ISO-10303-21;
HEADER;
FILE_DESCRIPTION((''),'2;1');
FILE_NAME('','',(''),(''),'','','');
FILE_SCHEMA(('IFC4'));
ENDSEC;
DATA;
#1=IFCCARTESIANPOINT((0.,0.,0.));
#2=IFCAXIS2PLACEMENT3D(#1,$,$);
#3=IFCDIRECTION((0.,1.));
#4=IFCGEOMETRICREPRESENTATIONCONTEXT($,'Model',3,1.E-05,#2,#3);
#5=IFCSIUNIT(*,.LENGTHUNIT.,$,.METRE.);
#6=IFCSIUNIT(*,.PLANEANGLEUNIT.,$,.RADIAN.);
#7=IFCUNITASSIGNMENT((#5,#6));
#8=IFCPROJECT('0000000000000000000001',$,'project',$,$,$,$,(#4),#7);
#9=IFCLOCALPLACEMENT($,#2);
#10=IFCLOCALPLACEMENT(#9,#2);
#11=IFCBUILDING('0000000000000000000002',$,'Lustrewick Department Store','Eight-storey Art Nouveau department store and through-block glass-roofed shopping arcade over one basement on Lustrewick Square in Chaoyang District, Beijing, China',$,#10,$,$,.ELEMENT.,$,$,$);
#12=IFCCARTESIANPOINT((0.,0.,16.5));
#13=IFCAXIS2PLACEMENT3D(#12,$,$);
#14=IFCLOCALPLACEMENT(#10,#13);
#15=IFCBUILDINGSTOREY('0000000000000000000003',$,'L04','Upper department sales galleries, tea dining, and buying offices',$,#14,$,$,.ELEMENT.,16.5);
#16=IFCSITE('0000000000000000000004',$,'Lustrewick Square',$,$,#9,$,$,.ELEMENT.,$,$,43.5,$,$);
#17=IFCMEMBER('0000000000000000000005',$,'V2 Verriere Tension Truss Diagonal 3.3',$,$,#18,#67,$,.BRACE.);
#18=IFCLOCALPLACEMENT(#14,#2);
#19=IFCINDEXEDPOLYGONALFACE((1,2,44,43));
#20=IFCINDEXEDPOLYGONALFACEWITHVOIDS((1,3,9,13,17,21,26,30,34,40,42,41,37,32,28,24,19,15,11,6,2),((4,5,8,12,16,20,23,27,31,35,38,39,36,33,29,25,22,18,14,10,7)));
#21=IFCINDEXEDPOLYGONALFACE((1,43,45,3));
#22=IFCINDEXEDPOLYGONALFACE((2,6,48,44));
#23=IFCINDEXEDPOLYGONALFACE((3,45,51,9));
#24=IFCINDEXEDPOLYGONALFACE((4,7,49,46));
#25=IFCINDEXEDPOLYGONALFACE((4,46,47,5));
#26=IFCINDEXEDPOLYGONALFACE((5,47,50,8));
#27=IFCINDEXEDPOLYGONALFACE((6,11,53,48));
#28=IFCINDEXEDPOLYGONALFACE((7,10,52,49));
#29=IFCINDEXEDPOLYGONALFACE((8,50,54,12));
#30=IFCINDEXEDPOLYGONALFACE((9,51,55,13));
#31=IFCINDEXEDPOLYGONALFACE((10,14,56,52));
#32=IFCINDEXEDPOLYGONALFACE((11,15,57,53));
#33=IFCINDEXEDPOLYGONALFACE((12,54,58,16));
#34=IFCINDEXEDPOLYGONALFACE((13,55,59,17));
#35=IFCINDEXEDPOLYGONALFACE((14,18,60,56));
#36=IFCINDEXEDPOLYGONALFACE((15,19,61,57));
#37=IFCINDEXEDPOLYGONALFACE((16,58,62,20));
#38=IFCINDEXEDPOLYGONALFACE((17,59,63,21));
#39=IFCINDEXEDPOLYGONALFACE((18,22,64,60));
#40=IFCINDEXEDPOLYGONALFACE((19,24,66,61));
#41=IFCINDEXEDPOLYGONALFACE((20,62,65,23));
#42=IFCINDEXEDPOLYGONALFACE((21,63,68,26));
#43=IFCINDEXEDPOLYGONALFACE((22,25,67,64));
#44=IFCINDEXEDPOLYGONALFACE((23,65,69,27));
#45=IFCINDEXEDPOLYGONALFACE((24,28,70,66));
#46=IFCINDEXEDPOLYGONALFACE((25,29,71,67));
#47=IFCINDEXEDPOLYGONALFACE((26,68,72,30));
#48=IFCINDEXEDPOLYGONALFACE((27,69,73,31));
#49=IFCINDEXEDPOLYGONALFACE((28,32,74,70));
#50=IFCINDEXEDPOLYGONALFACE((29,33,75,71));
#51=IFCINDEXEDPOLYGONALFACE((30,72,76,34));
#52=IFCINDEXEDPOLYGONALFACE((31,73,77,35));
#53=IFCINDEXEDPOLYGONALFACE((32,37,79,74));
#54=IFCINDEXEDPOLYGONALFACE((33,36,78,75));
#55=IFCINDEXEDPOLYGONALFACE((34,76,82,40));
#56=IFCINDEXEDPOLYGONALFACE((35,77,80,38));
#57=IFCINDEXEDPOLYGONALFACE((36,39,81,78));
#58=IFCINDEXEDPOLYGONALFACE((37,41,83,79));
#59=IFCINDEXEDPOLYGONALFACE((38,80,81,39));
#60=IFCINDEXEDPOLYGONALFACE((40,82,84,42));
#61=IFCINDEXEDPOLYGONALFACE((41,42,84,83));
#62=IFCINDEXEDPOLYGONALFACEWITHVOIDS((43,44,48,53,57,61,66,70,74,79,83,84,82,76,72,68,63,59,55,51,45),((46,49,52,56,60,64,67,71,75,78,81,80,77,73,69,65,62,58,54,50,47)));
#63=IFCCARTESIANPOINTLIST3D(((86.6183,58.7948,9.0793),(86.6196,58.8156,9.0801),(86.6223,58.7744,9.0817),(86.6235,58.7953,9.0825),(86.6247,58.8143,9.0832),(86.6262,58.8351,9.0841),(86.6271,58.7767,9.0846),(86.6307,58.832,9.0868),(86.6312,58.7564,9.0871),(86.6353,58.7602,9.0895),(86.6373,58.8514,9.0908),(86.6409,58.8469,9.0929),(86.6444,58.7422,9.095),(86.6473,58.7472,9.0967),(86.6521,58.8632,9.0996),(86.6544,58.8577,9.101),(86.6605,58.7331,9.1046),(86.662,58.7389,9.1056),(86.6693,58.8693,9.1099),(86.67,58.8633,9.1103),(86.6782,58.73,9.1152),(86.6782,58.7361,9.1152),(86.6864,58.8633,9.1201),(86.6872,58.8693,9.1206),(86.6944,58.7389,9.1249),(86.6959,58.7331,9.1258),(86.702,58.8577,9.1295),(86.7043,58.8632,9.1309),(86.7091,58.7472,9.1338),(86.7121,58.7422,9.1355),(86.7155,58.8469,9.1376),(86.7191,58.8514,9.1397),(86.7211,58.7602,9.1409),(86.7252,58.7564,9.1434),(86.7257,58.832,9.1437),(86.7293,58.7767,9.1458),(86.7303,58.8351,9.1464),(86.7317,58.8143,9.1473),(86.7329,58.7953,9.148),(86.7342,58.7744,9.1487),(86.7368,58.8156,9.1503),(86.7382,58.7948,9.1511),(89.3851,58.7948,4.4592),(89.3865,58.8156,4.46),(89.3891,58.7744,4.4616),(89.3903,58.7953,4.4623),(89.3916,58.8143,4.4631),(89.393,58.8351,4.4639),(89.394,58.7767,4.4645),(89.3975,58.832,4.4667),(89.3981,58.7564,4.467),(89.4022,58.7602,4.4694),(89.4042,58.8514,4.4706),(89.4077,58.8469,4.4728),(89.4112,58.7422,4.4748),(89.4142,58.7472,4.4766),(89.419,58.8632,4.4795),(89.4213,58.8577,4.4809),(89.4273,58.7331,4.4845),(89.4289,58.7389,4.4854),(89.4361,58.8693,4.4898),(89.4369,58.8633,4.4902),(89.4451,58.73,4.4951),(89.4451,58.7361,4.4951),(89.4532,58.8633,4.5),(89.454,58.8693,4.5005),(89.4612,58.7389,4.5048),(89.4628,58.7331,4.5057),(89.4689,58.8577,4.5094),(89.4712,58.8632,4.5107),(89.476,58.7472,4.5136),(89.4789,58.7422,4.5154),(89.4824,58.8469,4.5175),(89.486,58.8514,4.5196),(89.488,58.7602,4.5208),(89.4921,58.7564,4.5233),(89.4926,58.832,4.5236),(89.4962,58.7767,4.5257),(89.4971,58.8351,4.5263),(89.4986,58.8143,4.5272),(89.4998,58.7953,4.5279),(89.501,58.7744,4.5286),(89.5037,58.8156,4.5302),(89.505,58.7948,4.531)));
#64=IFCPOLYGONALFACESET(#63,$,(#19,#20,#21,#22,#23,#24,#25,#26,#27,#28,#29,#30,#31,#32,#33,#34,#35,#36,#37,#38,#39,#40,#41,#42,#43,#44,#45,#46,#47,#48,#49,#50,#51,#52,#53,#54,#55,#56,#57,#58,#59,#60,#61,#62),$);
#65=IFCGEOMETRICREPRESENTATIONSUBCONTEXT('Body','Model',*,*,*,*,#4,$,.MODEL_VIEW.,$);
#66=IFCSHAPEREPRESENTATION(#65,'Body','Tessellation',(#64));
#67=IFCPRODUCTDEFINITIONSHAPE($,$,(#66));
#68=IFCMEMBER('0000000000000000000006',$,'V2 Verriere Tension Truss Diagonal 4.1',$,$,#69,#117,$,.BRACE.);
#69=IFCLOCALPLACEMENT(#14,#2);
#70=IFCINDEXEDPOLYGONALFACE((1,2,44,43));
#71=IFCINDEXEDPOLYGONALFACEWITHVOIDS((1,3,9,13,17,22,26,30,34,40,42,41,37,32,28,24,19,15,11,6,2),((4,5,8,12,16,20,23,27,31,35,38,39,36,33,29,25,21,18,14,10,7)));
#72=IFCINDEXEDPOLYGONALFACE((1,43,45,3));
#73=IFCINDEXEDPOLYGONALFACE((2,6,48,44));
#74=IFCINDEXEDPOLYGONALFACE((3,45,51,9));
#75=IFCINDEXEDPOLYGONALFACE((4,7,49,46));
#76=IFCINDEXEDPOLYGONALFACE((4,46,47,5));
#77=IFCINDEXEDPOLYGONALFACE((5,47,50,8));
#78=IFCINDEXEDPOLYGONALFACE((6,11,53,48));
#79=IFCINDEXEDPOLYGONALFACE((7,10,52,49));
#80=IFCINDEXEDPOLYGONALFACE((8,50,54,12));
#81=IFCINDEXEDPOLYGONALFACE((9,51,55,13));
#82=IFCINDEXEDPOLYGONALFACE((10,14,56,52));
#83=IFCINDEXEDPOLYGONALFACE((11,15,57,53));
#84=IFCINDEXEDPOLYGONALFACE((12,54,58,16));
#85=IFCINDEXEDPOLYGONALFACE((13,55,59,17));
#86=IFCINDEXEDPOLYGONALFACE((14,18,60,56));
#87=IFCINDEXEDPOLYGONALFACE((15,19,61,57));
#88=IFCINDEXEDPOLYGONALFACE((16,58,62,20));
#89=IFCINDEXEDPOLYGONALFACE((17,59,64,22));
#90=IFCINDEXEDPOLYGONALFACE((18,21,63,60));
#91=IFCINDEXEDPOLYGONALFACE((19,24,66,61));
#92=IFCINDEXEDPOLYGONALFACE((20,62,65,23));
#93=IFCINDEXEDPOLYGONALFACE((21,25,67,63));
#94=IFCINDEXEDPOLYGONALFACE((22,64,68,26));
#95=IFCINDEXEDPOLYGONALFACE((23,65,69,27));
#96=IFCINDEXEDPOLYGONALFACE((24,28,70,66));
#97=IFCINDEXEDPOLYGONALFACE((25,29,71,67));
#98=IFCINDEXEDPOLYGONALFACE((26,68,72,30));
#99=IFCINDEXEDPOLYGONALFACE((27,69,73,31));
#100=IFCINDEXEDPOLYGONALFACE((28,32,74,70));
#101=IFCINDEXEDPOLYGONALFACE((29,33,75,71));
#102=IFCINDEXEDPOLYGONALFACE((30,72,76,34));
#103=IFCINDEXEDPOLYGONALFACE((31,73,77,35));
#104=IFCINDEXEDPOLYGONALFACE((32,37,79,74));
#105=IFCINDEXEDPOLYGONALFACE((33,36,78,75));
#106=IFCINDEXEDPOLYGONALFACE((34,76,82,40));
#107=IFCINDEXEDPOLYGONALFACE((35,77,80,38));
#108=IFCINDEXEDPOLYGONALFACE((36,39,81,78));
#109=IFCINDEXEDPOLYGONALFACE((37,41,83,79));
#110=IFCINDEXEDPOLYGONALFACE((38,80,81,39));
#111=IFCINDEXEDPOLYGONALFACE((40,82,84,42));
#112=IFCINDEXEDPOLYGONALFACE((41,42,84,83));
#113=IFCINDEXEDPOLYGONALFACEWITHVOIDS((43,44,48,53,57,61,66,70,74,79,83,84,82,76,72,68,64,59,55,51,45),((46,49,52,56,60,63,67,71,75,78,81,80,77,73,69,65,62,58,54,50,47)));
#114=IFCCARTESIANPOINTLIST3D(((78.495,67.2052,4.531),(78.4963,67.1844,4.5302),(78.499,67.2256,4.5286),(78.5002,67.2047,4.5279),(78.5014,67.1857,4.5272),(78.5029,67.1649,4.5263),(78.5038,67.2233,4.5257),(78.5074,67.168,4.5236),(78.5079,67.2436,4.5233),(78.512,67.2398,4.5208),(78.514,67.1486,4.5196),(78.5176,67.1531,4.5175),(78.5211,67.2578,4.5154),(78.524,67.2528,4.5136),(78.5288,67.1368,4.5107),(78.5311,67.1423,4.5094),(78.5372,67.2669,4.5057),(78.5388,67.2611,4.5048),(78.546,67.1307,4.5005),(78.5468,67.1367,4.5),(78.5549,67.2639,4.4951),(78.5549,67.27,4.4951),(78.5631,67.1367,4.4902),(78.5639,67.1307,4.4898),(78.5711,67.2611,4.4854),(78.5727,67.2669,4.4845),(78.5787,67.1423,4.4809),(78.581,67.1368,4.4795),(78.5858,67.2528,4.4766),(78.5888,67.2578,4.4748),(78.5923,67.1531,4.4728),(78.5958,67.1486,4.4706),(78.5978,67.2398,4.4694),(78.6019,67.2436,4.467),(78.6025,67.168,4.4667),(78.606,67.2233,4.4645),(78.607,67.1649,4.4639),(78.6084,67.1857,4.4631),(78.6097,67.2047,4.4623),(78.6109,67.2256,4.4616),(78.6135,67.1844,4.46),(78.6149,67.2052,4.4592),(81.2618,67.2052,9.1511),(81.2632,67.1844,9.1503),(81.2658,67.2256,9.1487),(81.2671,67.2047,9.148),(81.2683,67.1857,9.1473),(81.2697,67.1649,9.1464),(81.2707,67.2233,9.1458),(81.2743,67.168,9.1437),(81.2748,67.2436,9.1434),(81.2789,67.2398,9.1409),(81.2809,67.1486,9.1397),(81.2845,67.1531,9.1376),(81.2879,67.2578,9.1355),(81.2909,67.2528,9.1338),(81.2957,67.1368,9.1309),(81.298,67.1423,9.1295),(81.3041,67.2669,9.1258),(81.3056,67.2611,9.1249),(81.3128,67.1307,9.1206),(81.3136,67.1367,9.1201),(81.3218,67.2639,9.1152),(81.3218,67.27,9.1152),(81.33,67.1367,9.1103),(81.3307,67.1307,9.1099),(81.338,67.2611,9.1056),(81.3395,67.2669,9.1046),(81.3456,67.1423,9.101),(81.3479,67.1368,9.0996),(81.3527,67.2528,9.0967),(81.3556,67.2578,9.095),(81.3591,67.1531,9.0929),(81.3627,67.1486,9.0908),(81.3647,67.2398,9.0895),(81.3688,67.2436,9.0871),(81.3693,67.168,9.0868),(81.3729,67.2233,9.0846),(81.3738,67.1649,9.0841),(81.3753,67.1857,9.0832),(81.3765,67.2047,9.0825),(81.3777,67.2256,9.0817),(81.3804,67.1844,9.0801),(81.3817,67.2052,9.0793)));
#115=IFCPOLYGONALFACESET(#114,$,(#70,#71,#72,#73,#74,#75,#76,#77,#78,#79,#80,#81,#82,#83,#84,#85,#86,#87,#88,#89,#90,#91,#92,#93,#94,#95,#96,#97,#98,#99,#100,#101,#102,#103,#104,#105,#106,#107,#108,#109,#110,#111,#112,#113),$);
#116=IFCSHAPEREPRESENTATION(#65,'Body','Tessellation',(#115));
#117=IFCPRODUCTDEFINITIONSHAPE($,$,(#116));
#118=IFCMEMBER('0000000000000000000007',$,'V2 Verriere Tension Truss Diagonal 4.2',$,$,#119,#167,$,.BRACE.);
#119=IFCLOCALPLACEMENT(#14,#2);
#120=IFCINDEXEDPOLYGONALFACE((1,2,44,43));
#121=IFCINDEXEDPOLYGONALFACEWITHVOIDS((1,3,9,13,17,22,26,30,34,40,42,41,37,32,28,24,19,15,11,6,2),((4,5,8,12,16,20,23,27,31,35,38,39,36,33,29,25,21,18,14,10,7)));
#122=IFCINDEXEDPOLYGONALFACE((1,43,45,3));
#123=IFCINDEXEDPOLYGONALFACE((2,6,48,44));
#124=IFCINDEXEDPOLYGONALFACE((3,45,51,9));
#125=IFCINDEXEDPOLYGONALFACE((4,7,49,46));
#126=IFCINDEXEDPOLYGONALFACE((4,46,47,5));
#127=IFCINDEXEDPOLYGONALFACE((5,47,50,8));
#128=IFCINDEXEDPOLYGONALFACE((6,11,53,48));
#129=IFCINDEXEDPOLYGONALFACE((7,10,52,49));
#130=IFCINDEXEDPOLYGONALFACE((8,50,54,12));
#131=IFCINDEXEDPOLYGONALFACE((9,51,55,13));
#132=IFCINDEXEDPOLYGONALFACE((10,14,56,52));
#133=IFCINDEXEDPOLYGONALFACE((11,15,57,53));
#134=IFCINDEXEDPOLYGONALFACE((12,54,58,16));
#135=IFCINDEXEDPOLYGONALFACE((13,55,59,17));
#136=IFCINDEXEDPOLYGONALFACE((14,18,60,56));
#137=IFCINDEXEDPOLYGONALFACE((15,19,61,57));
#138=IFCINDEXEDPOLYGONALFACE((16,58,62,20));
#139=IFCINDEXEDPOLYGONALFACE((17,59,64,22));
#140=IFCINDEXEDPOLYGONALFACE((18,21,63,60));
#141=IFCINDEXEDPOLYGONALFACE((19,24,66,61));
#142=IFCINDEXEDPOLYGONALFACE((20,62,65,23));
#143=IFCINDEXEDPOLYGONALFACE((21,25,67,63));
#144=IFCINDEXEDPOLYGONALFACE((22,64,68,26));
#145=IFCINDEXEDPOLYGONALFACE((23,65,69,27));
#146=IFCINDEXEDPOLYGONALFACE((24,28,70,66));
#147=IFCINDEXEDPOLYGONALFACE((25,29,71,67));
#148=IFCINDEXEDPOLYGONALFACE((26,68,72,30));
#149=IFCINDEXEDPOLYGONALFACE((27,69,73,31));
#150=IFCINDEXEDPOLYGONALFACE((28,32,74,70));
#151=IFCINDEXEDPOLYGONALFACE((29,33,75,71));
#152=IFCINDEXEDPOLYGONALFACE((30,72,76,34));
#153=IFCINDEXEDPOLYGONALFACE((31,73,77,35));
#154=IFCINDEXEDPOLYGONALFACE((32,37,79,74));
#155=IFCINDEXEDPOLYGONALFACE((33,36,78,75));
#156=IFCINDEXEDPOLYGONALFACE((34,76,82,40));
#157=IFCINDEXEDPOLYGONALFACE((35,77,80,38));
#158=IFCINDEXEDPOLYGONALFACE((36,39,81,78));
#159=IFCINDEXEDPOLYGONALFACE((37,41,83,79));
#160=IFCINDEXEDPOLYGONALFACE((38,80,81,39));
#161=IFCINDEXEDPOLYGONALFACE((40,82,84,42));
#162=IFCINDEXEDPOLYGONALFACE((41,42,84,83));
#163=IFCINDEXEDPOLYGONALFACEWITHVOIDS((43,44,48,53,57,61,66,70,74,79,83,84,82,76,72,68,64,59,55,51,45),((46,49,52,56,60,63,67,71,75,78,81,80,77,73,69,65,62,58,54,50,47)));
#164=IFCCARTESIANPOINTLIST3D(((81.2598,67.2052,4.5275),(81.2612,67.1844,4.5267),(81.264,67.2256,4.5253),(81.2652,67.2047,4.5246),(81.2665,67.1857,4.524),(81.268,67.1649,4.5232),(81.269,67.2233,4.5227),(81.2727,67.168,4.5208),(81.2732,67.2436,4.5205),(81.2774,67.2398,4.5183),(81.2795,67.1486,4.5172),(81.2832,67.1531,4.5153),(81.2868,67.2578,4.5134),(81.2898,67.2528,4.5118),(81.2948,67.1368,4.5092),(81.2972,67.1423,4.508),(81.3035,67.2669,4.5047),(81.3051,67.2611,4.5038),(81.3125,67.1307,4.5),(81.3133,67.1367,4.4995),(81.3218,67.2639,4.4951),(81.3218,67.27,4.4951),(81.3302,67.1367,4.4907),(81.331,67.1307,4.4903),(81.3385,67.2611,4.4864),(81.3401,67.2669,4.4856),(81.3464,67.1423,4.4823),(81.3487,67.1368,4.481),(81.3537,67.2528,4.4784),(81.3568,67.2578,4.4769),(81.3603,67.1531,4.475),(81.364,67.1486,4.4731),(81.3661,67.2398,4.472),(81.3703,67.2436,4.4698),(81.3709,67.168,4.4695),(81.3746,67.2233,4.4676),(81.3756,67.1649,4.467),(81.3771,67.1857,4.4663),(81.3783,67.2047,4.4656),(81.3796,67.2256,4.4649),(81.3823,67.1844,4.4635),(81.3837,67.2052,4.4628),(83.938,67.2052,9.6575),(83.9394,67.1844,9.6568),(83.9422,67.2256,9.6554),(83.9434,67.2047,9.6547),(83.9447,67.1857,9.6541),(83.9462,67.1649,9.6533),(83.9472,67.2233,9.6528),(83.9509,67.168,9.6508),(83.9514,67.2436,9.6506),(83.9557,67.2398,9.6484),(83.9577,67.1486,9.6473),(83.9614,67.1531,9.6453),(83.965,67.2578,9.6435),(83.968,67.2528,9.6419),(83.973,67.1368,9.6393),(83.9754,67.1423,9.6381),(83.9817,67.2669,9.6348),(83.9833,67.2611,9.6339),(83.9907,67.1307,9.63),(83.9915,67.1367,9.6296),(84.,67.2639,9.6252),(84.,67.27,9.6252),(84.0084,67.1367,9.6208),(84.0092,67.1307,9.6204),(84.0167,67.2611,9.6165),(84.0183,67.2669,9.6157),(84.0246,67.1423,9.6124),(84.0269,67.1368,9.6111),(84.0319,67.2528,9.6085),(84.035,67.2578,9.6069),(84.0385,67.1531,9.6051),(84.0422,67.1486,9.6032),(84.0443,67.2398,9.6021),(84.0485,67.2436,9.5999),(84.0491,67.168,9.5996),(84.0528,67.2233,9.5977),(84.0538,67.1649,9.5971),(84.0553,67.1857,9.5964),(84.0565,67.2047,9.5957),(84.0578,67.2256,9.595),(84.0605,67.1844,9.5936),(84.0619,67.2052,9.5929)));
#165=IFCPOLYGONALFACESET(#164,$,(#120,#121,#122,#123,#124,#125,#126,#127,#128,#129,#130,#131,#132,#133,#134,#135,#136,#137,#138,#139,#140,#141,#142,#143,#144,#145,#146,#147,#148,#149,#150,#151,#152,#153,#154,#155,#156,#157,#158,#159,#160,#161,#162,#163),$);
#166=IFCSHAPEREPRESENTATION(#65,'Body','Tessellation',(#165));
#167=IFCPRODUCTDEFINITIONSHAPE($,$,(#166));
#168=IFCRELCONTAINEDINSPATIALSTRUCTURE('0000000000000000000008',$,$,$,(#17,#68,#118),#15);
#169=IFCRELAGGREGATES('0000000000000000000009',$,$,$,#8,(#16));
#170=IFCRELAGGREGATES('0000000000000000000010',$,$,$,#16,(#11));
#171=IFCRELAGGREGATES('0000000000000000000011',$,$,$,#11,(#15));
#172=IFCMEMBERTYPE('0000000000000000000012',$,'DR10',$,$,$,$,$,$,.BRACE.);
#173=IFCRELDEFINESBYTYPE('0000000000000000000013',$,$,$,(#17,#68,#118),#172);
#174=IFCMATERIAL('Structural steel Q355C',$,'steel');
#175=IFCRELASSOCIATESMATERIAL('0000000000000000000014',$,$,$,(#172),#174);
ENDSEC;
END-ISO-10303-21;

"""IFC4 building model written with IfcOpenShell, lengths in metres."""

from ifc_helpers import new_model, si_unit, direction, frame, origin, origin_2d, place, context, subcontext, project, spatial, hollow_circle, extrude, material, material_profile, profile_set, type_object, element, save


model = new_model("IFC4")

# Units and contexts
model_context = context("Model", 3, precision=1e-05, world=origin(), true_north=direction((0.0, 1.0)))
body_context = subcontext(model_context, "Body", "Model", "MODEL_VIEW")
ifc_project = project(units=[si_unit("LENGTHUNIT", "METRE"), si_unit("PLANEANGLEUNIT", "RADIAN")], contexts=[model_context])

# Site, building, storey
site_placement = place(None, origin())
site = spatial("IfcSite", under=ifc_project, at=site_placement, Name="Lustrewick Square", CompositionType="ELEMENT", RefElevation=43.5)
building_placement = place(site_placement, origin())
building = spatial("IfcBuilding", under=site, at=building_placement, Name="Lustrewick Department Store", Description="Eight-storey Art Nouveau department store and through-block glass-roofed shopping arcade over one basement on Lustrewick Square in Chaoyang District, Beijing, China", CompositionType="ELEMENT")
storey_placement = place(building_placement, frame((0.0, 0.0, 16.5)))
storey = spatial("IfcBuildingStorey", under=building, at=storey_placement, Name="L04", Description="Upper department sales galleries, tea dining, and buying offices", CompositionType="ELEMENT", Elevation=16.5)

# Members
ifc_material_1 = material(Name="Structural steel Q355C", Category="steel")
ifc_material_profile_1 = material_profile(ifc_material_1, hollow_circle(Radius=0.0701, WallThickness=0.0061, at=origin_2d()), Name="CHS 140x6")
ifc_profile_set_1 = profile_set([ifc_material_profile_1], Name="Structural steel Q355C")
member_type_1 = type_object("IfcMemberType", Name="DR10", PredefinedType="BRACE", material=ifc_profile_set_1)
for number, where, z_axis, x_axis, name in (
    (1, (89.4451, 58.8, 4.4951), (-0.513782, 0.0, 0.857921), (0.0, -1.0, 0.0), "V2 Verriere Tension Truss Diagonal 3.3"),
    (2, (78.5549, 67.2, 4.4951), (0.513782, 0.0, 0.857921), (0.0, 1.0, 0.0), "V2 Verriere Tension Truss Diagonal 4.1"),
):
    element("IfcMember", number, at=place(storey_placement, frame(where, z_axis=z_axis, x_axis=x_axis)), inside=storey, type_object=member_type_1, Name=name, PredefinedType="BRACE", context=body_context, shape_type="SweptSolid", body=[
        extrude(hollow_circle(Radius=0.0701, WallThickness=0.0061, at=origin_2d()), origin(), (0.0, 0.0, 1.0), 5.3853),
    ])
member_1_placement = place(storey_placement, frame((81.3218, 67.2, 4.4951), z_axis=(0.462788, 0.0, 0.886469), x_axis=(0.0, 1.0, 0.0)))
element("IfcMember", 3, at=member_1_placement, inside=storey, type_object=member_type_1, Name="V2 Verriere Tension Truss Diagonal 4.2", PredefinedType="BRACE", context=body_context, shape_type="SweptSolid", body=[
    extrude(hollow_circle(Radius=0.0701, WallThickness=0.0061, at=origin_2d()), origin(), (0.0, 0.0, 1.0), 5.7871),
])

save(model, "model.ifc")
